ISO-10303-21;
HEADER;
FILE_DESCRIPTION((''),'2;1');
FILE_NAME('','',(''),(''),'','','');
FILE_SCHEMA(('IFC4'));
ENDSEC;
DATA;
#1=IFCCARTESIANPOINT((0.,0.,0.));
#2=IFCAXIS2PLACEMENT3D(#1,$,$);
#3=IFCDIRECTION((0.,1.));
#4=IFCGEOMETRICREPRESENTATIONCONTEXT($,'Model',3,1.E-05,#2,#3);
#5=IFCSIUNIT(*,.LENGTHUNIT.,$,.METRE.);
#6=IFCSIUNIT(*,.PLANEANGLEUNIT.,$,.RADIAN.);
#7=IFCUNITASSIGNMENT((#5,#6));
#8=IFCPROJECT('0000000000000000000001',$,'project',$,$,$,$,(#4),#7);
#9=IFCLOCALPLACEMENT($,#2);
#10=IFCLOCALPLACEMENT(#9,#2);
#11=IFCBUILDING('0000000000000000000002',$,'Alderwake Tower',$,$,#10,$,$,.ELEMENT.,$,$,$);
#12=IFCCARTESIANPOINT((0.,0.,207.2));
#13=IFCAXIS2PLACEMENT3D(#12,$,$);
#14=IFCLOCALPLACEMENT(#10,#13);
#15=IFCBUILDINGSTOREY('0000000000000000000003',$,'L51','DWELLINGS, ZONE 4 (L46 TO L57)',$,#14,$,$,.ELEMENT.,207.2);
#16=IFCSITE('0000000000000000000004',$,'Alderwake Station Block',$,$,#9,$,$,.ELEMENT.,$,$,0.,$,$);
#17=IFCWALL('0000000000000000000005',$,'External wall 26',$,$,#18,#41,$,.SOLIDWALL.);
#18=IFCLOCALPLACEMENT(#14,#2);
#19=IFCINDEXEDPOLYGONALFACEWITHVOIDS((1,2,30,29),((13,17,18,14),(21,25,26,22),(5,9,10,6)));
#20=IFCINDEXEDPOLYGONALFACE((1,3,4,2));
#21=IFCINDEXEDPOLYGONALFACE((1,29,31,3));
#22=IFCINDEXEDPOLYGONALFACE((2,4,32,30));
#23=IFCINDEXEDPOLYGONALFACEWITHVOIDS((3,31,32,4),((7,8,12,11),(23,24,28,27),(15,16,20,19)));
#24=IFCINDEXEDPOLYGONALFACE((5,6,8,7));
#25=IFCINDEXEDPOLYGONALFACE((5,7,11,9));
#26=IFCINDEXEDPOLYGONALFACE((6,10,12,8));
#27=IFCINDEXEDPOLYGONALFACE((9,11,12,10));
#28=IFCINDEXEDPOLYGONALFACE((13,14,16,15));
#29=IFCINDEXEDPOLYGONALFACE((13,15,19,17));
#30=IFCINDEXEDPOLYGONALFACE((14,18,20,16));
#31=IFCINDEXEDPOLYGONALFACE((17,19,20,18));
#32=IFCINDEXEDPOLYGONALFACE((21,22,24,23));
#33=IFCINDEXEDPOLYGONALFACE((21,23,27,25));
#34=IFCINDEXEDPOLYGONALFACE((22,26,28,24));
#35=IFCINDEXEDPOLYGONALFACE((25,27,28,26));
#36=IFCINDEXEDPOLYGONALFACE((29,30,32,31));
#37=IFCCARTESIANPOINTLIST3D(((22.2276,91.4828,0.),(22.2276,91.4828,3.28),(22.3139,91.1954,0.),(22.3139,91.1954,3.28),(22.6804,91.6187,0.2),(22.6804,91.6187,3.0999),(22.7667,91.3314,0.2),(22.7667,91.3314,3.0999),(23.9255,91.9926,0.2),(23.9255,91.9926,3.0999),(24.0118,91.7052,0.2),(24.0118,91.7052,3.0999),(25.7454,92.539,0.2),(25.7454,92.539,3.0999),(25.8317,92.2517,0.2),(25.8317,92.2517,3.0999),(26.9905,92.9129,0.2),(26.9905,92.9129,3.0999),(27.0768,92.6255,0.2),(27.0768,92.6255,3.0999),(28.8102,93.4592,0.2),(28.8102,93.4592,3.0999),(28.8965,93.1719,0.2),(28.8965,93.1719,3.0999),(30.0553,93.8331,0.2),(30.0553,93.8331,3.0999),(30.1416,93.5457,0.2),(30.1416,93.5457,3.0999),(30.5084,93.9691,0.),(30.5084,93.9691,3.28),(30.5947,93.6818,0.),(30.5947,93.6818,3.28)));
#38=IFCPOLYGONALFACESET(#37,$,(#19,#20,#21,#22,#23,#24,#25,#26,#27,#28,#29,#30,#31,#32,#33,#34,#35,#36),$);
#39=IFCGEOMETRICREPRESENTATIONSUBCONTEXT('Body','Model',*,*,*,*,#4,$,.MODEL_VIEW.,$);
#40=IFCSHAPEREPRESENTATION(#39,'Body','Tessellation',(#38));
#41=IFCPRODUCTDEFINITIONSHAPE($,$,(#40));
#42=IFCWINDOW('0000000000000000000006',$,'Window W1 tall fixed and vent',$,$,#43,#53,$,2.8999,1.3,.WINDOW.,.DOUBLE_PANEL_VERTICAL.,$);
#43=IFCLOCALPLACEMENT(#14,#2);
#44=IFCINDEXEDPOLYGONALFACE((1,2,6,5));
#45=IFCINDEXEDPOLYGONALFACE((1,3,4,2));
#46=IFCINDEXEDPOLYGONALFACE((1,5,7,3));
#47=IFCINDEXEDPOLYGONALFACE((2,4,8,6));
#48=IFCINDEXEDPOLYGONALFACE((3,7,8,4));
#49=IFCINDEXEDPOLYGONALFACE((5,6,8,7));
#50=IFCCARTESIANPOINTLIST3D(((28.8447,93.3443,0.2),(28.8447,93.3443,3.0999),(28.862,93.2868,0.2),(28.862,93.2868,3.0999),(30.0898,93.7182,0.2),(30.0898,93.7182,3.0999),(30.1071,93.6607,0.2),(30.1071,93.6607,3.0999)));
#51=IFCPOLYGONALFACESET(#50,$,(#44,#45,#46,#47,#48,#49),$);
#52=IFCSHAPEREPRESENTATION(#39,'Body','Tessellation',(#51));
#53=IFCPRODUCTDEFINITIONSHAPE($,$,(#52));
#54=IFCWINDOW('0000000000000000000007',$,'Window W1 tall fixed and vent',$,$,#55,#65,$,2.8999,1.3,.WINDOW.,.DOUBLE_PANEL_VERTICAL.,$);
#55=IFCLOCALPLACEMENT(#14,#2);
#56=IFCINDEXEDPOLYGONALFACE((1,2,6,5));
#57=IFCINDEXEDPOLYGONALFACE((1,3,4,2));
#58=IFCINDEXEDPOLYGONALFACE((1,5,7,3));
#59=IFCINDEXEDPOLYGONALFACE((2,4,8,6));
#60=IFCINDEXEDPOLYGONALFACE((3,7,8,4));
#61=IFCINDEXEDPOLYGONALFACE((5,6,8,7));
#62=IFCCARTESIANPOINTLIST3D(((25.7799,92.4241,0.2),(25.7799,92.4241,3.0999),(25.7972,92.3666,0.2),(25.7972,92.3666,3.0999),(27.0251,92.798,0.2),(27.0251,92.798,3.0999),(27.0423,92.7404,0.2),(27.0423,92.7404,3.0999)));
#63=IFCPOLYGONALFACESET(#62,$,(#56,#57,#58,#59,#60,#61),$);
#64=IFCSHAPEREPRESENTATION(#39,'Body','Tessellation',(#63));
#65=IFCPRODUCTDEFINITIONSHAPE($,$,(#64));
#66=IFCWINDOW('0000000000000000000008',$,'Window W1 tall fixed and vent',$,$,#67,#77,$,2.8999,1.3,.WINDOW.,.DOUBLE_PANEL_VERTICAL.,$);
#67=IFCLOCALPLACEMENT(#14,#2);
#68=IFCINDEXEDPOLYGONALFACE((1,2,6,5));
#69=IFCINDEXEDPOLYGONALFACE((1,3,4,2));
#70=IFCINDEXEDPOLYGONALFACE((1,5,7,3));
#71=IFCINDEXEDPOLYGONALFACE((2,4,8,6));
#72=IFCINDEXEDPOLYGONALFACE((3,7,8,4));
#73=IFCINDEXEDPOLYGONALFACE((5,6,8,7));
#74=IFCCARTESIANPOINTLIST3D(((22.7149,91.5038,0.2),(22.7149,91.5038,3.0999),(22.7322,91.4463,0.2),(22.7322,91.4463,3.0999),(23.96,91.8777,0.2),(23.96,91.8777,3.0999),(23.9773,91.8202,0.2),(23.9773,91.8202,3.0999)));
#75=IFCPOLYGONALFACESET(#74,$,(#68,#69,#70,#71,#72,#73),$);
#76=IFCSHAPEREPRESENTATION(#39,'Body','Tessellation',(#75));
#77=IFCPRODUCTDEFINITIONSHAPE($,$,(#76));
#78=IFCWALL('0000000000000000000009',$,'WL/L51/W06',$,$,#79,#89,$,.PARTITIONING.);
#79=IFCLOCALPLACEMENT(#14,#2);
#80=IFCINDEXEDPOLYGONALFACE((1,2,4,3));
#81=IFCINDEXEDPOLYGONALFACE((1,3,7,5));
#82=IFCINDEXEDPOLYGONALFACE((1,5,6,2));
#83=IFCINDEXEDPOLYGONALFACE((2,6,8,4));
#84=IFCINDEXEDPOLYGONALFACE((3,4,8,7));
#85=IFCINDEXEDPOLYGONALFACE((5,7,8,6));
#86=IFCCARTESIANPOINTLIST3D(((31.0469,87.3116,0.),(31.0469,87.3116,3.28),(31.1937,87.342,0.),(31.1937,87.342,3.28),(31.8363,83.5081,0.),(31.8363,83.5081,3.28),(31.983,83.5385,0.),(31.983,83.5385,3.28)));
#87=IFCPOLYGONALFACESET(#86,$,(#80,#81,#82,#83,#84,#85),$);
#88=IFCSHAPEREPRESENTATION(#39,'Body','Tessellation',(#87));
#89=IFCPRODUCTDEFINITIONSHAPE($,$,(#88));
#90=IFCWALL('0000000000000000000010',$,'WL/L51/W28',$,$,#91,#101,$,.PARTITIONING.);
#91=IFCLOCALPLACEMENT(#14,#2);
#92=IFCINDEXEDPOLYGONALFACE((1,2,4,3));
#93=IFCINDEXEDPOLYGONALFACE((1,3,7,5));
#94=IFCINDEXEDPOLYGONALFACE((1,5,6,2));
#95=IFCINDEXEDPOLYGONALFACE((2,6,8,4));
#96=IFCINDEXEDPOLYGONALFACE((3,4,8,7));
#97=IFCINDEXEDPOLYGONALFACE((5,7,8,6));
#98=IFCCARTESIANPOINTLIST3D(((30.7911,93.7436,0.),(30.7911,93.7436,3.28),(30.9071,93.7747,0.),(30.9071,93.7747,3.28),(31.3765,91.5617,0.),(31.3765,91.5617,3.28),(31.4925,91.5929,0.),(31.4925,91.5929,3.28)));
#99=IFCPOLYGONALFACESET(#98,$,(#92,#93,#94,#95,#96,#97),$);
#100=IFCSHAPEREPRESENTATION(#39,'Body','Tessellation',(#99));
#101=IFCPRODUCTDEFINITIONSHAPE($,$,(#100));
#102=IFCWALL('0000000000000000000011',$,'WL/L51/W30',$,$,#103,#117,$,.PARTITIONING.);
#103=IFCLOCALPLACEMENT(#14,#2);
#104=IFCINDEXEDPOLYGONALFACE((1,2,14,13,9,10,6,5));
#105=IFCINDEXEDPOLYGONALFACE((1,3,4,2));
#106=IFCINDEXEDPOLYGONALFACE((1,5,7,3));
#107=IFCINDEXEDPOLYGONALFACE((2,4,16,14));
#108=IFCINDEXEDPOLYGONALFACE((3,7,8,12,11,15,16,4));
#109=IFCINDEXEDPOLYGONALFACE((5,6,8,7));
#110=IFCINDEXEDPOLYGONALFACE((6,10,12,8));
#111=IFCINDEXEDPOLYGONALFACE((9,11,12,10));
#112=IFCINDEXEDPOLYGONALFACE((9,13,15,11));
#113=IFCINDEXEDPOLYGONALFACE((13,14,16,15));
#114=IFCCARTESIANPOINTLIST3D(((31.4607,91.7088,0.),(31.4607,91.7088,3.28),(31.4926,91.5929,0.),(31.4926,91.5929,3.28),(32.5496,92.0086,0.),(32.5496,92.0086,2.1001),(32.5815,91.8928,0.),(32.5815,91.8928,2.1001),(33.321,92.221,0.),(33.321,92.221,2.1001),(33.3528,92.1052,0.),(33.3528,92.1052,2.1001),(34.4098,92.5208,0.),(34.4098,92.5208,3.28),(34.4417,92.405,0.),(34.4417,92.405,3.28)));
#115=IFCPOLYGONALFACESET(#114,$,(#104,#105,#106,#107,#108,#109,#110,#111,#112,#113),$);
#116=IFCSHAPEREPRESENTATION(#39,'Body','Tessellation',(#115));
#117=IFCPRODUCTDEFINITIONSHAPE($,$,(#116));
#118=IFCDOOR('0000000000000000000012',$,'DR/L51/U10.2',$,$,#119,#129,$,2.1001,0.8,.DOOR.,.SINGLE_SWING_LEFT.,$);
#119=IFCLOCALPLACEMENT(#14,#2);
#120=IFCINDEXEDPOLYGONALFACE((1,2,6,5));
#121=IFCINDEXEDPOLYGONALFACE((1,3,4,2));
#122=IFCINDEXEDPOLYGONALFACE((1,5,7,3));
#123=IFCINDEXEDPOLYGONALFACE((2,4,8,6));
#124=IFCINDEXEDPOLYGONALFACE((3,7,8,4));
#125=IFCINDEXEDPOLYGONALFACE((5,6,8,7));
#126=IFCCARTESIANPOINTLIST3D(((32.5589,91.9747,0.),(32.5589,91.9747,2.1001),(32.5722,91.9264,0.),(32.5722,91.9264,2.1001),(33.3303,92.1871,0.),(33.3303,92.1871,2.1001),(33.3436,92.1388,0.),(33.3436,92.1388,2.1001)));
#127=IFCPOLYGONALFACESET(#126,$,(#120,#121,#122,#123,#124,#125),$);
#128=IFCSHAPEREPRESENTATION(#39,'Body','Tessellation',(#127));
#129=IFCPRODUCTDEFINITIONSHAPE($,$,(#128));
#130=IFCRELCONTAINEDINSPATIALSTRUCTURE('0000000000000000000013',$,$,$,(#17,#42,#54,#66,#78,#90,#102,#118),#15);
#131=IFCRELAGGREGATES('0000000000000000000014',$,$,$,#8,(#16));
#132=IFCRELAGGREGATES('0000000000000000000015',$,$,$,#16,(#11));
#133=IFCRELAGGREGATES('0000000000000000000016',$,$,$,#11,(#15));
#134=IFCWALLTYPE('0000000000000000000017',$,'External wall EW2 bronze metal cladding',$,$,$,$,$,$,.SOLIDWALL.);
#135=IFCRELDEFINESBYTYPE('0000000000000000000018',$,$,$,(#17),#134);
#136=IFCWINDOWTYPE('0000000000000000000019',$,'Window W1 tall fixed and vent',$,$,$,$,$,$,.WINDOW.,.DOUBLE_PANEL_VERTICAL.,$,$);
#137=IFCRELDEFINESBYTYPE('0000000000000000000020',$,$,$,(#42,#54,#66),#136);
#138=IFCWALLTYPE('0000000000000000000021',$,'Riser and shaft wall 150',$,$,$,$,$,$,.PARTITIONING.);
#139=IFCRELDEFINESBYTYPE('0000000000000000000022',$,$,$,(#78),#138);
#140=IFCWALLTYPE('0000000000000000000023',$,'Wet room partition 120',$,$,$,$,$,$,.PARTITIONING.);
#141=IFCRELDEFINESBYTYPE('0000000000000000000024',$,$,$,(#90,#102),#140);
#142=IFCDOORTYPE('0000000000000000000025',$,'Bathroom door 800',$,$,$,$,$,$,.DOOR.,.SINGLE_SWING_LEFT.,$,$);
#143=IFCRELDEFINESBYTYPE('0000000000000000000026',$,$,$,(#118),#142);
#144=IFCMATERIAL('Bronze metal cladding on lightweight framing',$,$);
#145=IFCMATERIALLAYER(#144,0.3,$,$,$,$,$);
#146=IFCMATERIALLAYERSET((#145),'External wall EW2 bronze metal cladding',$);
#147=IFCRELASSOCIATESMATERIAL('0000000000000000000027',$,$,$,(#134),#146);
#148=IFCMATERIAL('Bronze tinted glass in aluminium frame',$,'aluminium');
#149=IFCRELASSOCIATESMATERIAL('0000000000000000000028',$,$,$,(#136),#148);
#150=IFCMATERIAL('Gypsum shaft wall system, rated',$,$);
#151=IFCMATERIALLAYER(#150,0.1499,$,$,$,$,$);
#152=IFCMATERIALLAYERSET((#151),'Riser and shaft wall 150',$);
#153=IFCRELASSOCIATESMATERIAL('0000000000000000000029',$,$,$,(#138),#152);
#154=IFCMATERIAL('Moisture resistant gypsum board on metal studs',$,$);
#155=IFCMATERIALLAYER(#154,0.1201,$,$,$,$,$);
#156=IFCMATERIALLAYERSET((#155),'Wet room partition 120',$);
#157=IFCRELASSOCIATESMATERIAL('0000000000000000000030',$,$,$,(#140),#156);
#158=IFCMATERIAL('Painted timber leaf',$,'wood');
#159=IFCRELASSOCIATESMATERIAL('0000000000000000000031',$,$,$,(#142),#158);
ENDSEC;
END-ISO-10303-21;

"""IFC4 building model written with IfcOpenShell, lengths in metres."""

from ifc_helpers import new_model, si_unit, direction, frame, frame_2d, origin, place, context, subcontext, project, spatial, rectangle, extrude, material, layer, layer_set, type_object, element, fill, save


model = new_model("IFC4")

# Units and contexts
model_context = context("Model", 3, precision=1e-05, world=origin(), true_north=direction((0.0, 1.0)))
body_context = subcontext(model_context, "Body", "Model", "MODEL_VIEW")
ifc_project = project(units=[si_unit("LENGTHUNIT", "METRE"), si_unit("PLANEANGLEUNIT", "RADIAN")], contexts=[model_context])

# Site, building, storey
site_placement = place(None, origin())
site = spatial("IfcSite", under=ifc_project, at=site_placement, Name="Alderwake Station Block", CompositionType="ELEMENT", RefElevation=0.0)
building_placement = place(site_placement, origin())
building = spatial("IfcBuilding", under=site, at=building_placement, Name="Alderwake Tower", CompositionType="ELEMENT")
storey_placement = place(building_placement, frame((0.0, 0.0, 207.2)))
storey = spatial("IfcBuildingStorey", under=building, at=storey_placement, Name="L51", Description="DWELLINGS, ZONE 4 (L46 TO L57)", CompositionType="ELEMENT", Elevation=207.2)

# Shared definitions
ifc_material_1 = material(Name="Bronze metal cladding on lightweight framing")
ifc_layer_1 = layer(ifc_material_1, 0.3)
ifc_layer_set_1 = layer_set([ifc_layer_1], Name="External wall EW2 bronze metal cladding")
wall_type_1 = type_object("IfcWallType", Name="External wall EW2 bronze metal cladding", PredefinedType="SOLIDWALL", material=ifc_layer_set_1)
ifc_material_2 = material(Name="Bronze tinted glass in aluminium frame", Category="aluminium")
window_type = type_object("IfcWindowType", Name="Window W1 tall fixed and vent", PartitioningType="DOUBLE_PANEL_VERTICAL", PredefinedType="WINDOW", material=ifc_material_2)

# Wall, openings, windows
wall_1_placement = place(storey_placement, frame((30.5515, 93.8254, 0.0), z_axis=(0.0, 0.0, 1.0), x_axis=(-0.957759, -0.287571, 0.0)))
wall_1 = element("IfcWall", 1, at=wall_1_placement, inside=storey, type_object=wall_type_1, Name="External wall 26", PredefinedType="SOLIDWALL", context=body_context, shape_type="SweptSolid", body=[
    extrude(rectangle(XDim=8.646, YDim=0.3, at=frame_2d((4.323, 0.0))), origin(), (0.0, 0.0, 1.0), 3.28),
])
opening_1_placement = place(wall_1_placement, frame((0.4731, 0.0, 0.2)))
opening_1 = element("IfcOpeningElement", 2, at=opening_1_placement, cuts=wall_1, PredefinedType="OPENING", context=body_context, shape_type="SweptSolid", body=[
    extrude(rectangle(XDim=1.3, YDim=2.8999, at=frame_2d((0.6499, 1.45))), frame((0.0, 0.1599, 0.0), z_axis=(0.0, -1.0, 0.0), x_axis=(1.0, 0.0, 0.0)), (0.0, 0.0, 1.0), 0.3201),
])
opening_2_placement = place(wall_1_placement, frame((3.6731, 0.0, 0.2)))
opening_2 = element("IfcOpeningElement", 3, at=opening_2_placement, cuts=wall_1, PredefinedType="OPENING", context=body_context, shape_type="SweptSolid", body=[
    extrude(rectangle(XDim=1.3, YDim=2.8999, at=frame_2d((0.6499, 1.45))), frame((0.0, 0.1599, 0.0), z_axis=(0.0, -1.0, 0.0), x_axis=(1.0, 0.0, 0.0)), (0.0, 0.0, 1.0), 0.3201),
])
opening_3_placement = place(wall_1_placement, frame((6.8733, 0.0, 0.2)))
opening_3 = element("IfcOpeningElement", 4, at=opening_3_placement, cuts=wall_1, PredefinedType="OPENING", context=body_context, shape_type="SweptSolid", body=[
    extrude(rectangle(XDim=1.3, YDim=2.8999, at=frame_2d((0.6499, 1.45))), frame((0.0, 0.1599, 0.0), z_axis=(0.0, -1.0, 0.0), x_axis=(1.0, 0.0, 0.0)), (0.0, 0.0, 1.0), 0.3201),
])
window_1_placement = place(opening_1_placement, origin())
window_1 = element("IfcWindow", 5, at=window_1_placement, inside=storey, type_object=window_type, Name="Window W1 tall fixed and vent", OverallHeight=2.8999, OverallWidth=1.3, PartitioningType="DOUBLE_PANEL_VERTICAL", PredefinedType="WINDOW", context=body_context, shape_type="SweptSolid", body=[
    extrude(rectangle(XDim=1.3, YDim=2.8999, at=frame_2d((0.6499, 1.45))), frame((0.0, 0.03, 0.0), z_axis=(0.0, -1.0, 0.0), x_axis=(1.0, 0.0, 0.0)), (0.0, 0.0, 1.0), 0.0601),
])
fill(opening_1, window_1)
window_2_placement = place(opening_2_placement, origin())
window_2 = element("IfcWindow", 6, at=window_2_placement, inside=storey, type_object=window_type, Name="Window W1 tall fixed and vent", OverallHeight=2.8999, OverallWidth=1.3, PartitioningType="DOUBLE_PANEL_VERTICAL", PredefinedType="WINDOW", context=body_context, shape_type="SweptSolid", body=[
    extrude(rectangle(XDim=1.3, YDim=2.8999, at=frame_2d((0.6499, 1.45))), frame((0.0, 0.03, 0.0), z_axis=(0.0, -1.0, 0.0), x_axis=(1.0, 0.0, 0.0)), (0.0, 0.0, 1.0), 0.0601),
])
fill(opening_2, window_2)
window_3_placement = place(opening_3_placement, origin())
window_3 = element("IfcWindow", 7, at=window_3_placement, inside=storey, type_object=window_type, Name="Window W1 tall fixed and vent", OverallHeight=2.8999, OverallWidth=1.3, PartitioningType="DOUBLE_PANEL_VERTICAL", PredefinedType="WINDOW", context=body_context, shape_type="SweptSolid", body=[
    extrude(rectangle(XDim=1.3, YDim=2.8999, at=frame_2d((0.6499, 1.45))), frame((0.0, 0.03, 0.0), z_axis=(0.0, -1.0, 0.0), x_axis=(1.0, 0.0, 0.0)), (0.0, 0.0, 1.0), 0.0601),
])
fill(opening_3, window_3)

# Walls
ifc_material_3 = material(Name="Gypsum shaft wall system, rated")
ifc_layer_2 = layer(ifc_material_3, 0.1499)
ifc_layer_set_2 = layer_set([ifc_layer_2], Name="Riser and shaft wall 150")
wall_type_2 = type_object("IfcWallType", Name="Riser and shaft wall 150", PredefinedType="PARTITIONING", material=ifc_layer_set_2)
wall_2_placement = place(storey_placement, frame((31.9097, 83.5232, 0.0), z_axis=(0.0, 0.0, 1.0), x_axis=(-0.203194, 0.979139, 0.0)))
element("IfcWall", 8, at=wall_2_placement, inside=storey, type_object=wall_type_2, Name="WL/L51/W06", PredefinedType="PARTITIONING", context=body_context, shape_type="SweptSolid", body=[
    extrude(rectangle(XDim=3.8845, YDim=0.1499, at=frame_2d((1.9424, 0.0))), origin(), (0.0, 0.0, 1.0), 3.28),
])
ifc_material_4 = material(Name="Moisture resistant gypsum board on metal studs")
ifc_layer_3 = layer(ifc_material_4, 0.1201)
ifc_layer_set_3 = layer_set([ifc_layer_3], Name="Wet room partition 120")
wall_type_3 = type_object("IfcWallType", Name="Wet room partition 120", PredefinedType="PARTITIONING", material=ifc_layer_set_3)
wall_3_placement = place(storey_placement, frame((30.8491, 93.759, 0.0), z_axis=(0.0, 0.0, 1.0), x_axis=(0.259156, -0.965836, 0.0)))
element("IfcWall", 9, at=wall_3_placement, inside=storey, type_object=wall_type_3, Name="WL/L51/W28", PredefinedType="PARTITIONING", context=body_context, shape_type="SweptSolid", body=[
    extrude(rectangle(XDim=2.259, YDim=0.1201, at=frame_2d((1.1294, 0.0))), origin(), (0.0, 0.0, 1.0), 3.28),
])

# Wall, opening, door
wall_4_placement = place(storey_placement, frame((31.4768, 91.6509, 0.0), z_axis=(0.0, 0.0, 1.0), x_axis=(0.964118, 0.265474, 0.0)))
wall_4 = element("IfcWall", 10, at=wall_4_placement, inside=storey, type_object=wall_type_3, Name="WL/L51/W30", PredefinedType="PARTITIONING", context=body_context, shape_type="SweptSolid", body=[
    extrude(rectangle(XDim=3.0588, YDim=0.1201, at=frame_2d((1.5293, 0.0))), origin(), (0.0, 0.0, 1.0), 3.28),
])
opening_4_placement = place(wall_4_placement, frame((1.1294, 0.0, 0.0)))
opening_4 = element("IfcOpeningElement", 11, at=opening_4_placement, cuts=wall_4, PredefinedType="OPENING", context=body_context, shape_type="SweptSolid", body=[
    extrude(rectangle(XDim=0.8, YDim=2.1001, at=frame_2d((0.3999, 1.05))), frame((0.0, 0.0701, 0.0), z_axis=(0.0, -1.0, 0.0), x_axis=(1.0, 0.0, 0.0)), (0.0, 0.0, 1.0), 0.1401),
])
ifc_material_5 = material(Name="Painted timber leaf", Category="wood")
door_type_1 = type_object("IfcDoorType", Name="Bathroom door 800", OperationType="SINGLE_SWING_LEFT", PredefinedType="DOOR", material=ifc_material_5)
door_1_placement = place(opening_4_placement, origin())
door_1 = element("IfcDoor", 12, at=door_1_placement, inside=storey, type_object=door_type_1, Name="DR/L51/U10.2", OperationType="SINGLE_SWING_LEFT", OverallHeight=2.1001, OverallWidth=0.8, PredefinedType="DOOR", context=body_context, shape_type="SweptSolid", body=[
    extrude(rectangle(XDim=0.8, YDim=2.1001, at=frame_2d((0.3999, 1.05))), frame((0.0, 0.0249, 0.0), z_axis=(0.0, -1.0, 0.0), x_axis=(1.0, 0.0, 0.0)), (0.0, 0.0, 1.0), 0.05),
])
fill(opening_4, door_1)

save(model, "model.ifc")
